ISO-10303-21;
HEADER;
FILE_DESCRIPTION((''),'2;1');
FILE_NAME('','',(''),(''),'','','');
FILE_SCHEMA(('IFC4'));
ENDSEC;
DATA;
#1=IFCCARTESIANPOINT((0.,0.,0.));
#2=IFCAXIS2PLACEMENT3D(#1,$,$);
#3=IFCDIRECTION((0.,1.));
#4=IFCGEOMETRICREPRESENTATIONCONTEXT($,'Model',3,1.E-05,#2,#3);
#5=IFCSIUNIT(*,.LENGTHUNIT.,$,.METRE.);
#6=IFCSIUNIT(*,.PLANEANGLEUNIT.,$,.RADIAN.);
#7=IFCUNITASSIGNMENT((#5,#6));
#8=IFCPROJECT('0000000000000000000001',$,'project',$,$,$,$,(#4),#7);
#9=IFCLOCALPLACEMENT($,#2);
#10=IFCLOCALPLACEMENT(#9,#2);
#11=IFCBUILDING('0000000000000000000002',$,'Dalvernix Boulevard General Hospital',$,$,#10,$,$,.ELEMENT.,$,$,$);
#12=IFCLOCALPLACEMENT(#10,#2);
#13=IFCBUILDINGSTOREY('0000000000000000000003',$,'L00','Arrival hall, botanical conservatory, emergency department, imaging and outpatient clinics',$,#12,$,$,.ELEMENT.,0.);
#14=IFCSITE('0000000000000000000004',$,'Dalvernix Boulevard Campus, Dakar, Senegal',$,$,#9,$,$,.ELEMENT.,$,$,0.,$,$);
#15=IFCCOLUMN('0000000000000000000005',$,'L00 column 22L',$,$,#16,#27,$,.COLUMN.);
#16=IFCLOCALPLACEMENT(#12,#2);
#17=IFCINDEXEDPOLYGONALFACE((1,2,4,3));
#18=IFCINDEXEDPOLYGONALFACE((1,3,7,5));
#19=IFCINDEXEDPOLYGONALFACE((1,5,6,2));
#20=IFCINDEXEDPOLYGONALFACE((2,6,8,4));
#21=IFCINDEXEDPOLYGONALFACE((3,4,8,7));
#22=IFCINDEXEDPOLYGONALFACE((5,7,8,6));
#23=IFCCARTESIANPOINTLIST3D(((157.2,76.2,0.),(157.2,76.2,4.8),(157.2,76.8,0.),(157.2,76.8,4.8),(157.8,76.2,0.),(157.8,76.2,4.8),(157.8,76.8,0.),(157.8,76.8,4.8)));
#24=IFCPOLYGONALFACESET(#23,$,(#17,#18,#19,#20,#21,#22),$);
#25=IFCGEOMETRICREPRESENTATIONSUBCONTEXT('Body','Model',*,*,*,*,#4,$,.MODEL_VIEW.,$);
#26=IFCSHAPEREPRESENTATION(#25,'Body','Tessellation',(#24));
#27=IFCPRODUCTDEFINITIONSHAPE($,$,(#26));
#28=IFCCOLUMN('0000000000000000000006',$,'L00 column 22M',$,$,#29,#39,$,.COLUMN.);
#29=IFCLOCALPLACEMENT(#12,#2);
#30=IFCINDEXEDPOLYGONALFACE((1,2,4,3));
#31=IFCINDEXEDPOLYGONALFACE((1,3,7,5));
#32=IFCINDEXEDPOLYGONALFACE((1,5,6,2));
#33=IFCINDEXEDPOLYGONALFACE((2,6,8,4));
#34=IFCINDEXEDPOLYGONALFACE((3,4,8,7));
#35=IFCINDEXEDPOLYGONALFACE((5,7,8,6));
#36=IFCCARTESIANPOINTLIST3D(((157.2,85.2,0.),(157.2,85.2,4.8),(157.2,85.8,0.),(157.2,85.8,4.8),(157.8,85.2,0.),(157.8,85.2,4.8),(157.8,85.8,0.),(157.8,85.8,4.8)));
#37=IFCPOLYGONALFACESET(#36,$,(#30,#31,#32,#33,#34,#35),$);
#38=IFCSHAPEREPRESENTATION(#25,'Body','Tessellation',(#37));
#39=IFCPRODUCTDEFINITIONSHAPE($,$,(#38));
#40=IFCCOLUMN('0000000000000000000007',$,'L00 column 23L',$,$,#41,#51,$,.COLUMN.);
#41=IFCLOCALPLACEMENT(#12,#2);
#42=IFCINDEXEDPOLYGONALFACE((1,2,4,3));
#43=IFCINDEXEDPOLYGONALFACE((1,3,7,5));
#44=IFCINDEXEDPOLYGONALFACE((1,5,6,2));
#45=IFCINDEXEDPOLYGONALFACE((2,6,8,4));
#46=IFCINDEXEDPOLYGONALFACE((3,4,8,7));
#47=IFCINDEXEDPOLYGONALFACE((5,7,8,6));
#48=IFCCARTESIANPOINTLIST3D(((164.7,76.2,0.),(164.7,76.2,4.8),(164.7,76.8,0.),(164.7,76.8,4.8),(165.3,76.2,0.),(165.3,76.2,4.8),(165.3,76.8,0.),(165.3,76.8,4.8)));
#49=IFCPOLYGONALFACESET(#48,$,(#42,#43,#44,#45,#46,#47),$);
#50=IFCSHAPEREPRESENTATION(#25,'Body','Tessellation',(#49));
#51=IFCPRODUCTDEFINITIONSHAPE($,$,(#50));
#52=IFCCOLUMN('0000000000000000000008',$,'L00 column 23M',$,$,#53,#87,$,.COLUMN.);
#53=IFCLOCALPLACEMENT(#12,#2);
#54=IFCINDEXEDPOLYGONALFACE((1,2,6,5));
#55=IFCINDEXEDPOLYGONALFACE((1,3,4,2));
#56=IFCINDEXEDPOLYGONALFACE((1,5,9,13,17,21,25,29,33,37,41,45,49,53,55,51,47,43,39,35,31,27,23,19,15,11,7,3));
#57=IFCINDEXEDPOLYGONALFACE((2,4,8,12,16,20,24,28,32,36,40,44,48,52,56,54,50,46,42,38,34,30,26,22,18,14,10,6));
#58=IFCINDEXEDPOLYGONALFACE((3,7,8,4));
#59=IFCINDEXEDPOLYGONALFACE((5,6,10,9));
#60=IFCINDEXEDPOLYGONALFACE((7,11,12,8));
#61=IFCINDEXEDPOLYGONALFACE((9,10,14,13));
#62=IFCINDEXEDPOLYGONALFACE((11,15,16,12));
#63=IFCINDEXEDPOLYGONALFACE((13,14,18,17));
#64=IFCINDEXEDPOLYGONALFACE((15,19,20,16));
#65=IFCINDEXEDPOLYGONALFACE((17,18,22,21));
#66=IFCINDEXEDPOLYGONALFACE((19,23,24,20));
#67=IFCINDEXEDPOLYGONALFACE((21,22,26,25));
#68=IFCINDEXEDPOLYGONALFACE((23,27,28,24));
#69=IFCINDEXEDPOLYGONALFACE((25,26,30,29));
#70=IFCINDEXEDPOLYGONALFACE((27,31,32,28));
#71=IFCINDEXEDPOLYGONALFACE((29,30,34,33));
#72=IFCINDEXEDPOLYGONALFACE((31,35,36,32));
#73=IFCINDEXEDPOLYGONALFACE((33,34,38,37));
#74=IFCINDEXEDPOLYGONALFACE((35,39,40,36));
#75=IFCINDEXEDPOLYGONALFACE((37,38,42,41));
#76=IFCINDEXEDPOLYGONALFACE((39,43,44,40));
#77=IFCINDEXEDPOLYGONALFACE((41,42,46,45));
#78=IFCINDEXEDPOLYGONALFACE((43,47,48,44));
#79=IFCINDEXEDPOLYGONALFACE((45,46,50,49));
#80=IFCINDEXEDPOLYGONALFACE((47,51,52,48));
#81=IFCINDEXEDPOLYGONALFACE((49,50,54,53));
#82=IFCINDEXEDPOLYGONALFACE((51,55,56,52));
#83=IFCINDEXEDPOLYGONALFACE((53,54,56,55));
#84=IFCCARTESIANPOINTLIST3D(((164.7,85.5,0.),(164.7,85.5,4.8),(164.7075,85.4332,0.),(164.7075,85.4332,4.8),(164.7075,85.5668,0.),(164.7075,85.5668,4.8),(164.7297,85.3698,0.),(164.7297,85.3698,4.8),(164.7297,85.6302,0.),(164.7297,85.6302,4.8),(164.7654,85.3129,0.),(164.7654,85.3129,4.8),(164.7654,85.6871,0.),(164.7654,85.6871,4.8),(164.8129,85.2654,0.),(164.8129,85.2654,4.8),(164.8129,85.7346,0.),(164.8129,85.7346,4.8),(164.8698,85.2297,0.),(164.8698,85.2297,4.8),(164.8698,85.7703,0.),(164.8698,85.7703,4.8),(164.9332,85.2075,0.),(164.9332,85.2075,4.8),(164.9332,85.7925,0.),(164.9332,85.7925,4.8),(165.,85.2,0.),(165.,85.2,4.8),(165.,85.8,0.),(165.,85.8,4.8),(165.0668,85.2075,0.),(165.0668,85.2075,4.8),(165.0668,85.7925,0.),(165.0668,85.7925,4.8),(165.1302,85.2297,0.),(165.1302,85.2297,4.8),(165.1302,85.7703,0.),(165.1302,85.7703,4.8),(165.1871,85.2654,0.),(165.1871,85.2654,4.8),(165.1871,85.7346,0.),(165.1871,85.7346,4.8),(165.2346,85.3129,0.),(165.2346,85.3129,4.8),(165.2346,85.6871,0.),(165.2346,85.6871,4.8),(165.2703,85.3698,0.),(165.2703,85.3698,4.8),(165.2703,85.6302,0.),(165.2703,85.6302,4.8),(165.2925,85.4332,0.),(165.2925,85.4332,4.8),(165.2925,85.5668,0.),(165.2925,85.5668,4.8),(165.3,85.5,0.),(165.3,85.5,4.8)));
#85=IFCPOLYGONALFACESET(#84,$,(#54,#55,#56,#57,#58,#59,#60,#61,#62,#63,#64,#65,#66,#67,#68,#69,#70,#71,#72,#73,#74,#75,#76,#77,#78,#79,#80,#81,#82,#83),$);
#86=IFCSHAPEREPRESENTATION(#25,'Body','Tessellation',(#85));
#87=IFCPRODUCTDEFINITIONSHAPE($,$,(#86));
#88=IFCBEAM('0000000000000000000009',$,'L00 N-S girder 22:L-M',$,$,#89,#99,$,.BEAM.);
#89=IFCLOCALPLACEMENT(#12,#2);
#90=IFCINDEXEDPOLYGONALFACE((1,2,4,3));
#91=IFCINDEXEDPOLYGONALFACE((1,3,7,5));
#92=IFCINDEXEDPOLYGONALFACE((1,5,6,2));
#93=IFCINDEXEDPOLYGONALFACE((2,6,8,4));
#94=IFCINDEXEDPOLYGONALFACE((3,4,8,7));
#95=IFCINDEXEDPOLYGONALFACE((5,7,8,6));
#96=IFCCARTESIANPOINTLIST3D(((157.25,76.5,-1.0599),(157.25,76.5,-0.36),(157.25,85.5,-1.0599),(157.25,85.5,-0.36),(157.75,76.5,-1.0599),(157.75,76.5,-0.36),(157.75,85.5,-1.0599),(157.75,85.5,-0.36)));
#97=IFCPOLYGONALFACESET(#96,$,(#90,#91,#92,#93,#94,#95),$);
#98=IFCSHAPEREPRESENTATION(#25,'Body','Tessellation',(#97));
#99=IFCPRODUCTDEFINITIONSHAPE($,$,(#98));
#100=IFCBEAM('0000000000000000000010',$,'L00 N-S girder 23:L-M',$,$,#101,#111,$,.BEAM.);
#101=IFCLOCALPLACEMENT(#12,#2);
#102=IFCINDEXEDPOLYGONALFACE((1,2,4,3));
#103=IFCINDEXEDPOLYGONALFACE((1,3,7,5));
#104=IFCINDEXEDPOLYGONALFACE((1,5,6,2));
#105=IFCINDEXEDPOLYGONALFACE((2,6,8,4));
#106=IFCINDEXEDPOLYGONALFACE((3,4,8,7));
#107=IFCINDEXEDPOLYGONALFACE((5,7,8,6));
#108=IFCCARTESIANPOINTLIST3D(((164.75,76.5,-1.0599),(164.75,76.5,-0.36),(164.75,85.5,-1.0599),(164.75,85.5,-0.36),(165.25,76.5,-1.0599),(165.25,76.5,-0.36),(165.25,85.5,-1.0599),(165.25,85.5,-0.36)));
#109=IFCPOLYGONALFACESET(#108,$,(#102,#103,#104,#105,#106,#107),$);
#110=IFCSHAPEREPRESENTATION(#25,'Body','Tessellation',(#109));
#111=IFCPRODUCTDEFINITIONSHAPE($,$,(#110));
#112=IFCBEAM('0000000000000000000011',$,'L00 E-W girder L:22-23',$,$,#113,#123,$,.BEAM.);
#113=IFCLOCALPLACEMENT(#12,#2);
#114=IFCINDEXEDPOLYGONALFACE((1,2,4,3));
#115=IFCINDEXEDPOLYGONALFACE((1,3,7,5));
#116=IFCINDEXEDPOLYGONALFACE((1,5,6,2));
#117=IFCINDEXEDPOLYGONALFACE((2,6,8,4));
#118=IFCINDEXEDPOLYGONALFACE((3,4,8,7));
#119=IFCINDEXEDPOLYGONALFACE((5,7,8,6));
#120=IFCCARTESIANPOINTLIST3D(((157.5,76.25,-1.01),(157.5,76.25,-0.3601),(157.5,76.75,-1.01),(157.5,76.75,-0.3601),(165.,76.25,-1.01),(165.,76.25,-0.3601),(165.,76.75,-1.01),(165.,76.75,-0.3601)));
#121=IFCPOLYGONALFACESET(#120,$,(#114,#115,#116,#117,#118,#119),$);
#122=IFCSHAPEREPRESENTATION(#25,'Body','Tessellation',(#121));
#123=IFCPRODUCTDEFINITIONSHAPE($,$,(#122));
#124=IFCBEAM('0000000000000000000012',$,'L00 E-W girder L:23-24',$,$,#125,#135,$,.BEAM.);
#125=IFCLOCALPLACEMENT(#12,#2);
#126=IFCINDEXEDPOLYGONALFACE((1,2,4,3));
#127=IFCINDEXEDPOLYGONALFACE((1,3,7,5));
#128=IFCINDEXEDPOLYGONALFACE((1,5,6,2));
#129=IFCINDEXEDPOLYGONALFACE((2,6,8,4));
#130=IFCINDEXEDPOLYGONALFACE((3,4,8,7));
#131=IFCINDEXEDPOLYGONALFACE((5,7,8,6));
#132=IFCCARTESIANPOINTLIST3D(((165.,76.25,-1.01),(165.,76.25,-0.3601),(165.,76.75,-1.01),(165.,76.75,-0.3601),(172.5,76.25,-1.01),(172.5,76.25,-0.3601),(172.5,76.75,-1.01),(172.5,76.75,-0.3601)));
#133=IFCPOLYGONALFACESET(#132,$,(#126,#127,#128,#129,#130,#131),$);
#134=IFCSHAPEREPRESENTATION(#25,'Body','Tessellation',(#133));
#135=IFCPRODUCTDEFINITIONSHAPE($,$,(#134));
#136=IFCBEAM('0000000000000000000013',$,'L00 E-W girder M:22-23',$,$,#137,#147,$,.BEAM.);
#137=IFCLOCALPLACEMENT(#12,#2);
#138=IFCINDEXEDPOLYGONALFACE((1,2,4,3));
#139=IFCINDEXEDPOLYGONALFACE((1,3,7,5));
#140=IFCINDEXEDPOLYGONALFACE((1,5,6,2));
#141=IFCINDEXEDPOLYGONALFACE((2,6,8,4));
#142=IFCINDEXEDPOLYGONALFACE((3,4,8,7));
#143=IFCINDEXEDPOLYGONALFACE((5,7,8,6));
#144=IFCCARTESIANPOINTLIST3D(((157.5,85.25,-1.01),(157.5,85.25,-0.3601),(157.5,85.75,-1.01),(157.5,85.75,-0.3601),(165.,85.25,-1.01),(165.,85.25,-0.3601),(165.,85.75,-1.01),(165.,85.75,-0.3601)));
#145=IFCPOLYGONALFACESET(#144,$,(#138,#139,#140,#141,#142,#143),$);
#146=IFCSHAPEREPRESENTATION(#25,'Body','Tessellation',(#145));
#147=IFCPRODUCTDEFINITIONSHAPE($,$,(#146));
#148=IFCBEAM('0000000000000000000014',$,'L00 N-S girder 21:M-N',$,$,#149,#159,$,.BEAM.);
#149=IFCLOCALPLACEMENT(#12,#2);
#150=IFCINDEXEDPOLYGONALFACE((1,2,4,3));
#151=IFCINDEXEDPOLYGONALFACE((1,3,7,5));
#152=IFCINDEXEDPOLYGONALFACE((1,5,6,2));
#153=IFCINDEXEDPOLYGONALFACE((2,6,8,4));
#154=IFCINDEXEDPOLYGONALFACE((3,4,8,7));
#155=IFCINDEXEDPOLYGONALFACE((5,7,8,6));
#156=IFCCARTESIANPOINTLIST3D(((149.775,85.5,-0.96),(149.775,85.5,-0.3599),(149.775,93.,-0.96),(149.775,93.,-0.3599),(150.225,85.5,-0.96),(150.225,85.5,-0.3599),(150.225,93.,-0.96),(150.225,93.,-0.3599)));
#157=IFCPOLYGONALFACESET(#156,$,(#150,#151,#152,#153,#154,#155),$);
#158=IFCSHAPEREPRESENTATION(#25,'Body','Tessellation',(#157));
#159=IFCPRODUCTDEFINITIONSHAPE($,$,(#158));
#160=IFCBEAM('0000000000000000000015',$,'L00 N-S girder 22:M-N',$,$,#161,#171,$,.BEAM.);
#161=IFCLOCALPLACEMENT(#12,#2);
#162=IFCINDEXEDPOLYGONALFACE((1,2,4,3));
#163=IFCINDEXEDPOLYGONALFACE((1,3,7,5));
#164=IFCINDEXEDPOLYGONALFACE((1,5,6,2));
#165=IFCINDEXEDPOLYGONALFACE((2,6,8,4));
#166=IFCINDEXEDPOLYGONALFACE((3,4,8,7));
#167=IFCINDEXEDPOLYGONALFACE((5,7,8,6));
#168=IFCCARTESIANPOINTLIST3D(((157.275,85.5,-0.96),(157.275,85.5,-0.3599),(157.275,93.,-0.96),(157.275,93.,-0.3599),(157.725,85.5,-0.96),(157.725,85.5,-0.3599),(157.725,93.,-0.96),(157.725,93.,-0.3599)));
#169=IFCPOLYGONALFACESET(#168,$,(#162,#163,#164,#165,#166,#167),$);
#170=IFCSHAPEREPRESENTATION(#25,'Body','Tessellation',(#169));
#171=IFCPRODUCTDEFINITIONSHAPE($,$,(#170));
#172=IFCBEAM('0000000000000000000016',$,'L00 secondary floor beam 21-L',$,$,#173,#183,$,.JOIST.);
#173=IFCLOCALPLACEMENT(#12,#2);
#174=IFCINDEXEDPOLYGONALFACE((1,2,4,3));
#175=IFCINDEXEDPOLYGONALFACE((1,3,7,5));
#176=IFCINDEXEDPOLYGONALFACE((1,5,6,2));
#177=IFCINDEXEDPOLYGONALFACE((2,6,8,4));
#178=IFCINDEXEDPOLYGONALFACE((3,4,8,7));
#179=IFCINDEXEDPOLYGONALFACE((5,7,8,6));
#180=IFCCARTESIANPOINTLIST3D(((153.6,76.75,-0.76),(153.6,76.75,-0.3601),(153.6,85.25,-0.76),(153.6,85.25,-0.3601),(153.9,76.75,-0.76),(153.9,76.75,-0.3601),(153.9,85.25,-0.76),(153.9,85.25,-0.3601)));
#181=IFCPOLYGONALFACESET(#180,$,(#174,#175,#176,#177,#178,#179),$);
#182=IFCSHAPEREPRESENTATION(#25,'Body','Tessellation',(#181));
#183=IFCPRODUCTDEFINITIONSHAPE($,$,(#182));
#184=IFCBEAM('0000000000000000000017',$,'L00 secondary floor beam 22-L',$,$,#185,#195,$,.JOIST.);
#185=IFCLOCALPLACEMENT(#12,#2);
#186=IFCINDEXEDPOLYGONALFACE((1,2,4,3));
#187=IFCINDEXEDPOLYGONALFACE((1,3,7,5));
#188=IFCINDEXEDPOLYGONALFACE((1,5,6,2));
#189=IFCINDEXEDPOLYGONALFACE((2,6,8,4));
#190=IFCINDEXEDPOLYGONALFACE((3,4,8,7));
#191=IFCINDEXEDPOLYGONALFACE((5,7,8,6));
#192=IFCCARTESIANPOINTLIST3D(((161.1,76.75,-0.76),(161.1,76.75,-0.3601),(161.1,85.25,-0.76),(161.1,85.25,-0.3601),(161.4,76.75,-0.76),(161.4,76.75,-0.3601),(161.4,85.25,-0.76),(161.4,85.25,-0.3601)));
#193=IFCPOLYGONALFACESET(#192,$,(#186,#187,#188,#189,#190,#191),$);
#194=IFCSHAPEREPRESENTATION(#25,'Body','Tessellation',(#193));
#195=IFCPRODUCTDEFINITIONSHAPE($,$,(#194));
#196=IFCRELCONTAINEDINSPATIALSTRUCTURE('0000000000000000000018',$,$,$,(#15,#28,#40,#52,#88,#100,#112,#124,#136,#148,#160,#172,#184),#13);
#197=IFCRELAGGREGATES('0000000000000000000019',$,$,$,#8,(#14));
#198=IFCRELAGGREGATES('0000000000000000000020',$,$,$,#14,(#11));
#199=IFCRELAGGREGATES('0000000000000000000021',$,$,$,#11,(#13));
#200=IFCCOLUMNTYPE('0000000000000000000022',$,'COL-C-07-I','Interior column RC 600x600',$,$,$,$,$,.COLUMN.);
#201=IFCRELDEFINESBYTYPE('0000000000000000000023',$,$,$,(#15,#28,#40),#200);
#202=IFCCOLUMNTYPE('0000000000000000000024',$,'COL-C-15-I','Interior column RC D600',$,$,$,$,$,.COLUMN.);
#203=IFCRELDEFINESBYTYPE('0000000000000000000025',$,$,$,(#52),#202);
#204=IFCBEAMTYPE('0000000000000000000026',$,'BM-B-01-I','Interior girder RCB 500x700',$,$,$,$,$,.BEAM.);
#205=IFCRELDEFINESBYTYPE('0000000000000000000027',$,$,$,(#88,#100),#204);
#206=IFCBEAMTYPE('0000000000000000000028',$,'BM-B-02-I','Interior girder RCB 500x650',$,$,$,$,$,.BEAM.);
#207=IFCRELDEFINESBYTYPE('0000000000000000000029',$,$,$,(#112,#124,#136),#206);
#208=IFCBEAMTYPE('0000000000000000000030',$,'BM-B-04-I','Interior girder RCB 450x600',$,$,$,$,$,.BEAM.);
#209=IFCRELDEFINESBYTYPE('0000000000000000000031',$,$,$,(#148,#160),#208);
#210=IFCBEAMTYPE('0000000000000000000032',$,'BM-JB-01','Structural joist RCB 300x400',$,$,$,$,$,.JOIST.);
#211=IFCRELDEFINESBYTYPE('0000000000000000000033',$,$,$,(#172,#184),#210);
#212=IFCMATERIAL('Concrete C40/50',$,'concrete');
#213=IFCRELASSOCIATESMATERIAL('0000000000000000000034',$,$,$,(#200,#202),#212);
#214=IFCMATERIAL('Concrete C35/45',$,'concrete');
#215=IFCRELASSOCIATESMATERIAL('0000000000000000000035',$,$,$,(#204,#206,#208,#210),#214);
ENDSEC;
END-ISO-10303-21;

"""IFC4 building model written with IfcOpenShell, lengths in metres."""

from ifc_helpers import new_model, si_unit, direction, frame, origin, origin_2d, place, context, subcontext, project, spatial, rectangle, circle, extrude, material, material_profile, profile_set, type_object, element, save


model = new_model("IFC4")

# Units and contexts
model_context = context("Model", 3, precision=1e-05, world=origin(), true_north=direction((0.0, 1.0)))
body_context = subcontext(model_context, "Body", "Model", "MODEL_VIEW")
ifc_project = project(units=[si_unit("LENGTHUNIT", "METRE"), si_unit("PLANEANGLEUNIT", "RADIAN")], contexts=[model_context])

# Site, building, storey
site_placement = place(None, origin())
site = spatial("IfcSite", under=ifc_project, at=site_placement, Name="Dalvernix Boulevard Campus, Dakar, Senegal", CompositionType="ELEMENT", RefElevation=0.0)
building_placement = place(site_placement, origin())
building = spatial("IfcBuilding", under=site, at=building_placement, Name="Dalvernix Boulevard General Hospital", CompositionType="ELEMENT")
storey_placement = place(building_placement, origin())
storey = spatial("IfcBuildingStorey", under=building, at=storey_placement, Name="L00", Description="Arrival hall, botanical conservatory, emergency department, imaging and outpatient clinics", CompositionType="ELEMENT", Elevation=0.0)

# Columns
ifc_material_1 = material(Name="Concrete C40/50", Category="concrete")
ifc_material_profile_1 = material_profile(ifc_material_1, rectangle(XDim=0.6001, YDim=0.6001, at=origin_2d()), Name="RC 600x600")
ifc_profile_set_1 = profile_set([ifc_material_profile_1], Name="Concrete C40/50")
column_type_1 = type_object("IfcColumnType", Name="COL-C-07-I", Description="Interior column RC 600x600", PredefinedType="COLUMN", material=ifc_profile_set_1)
for number, where, z_axis, x_axis, name in (
    (1, (157.5, 76.5, 0.0), (0.0, 0.0, 1.0), (1.0, 0.0, 0.0), "L00 column 22L"),
    (2, (157.5, 85.5, 0.0), (0.0, 0.0, 1.0), (1.0, 0.0, 0.0), "L00 column 22M"),
    (3, (165.0, 76.5, 0.0), (0.0, 0.0, 1.0), (1.0, 0.0, 0.0), "L00 column 23L"),
):
    element("IfcColumn", number, at=place(storey_placement, frame(where, z_axis=z_axis, x_axis=x_axis)), inside=storey, type_object=column_type_1, Name=name, PredefinedType="COLUMN", context=body_context, shape_type="SweptSolid", body=[
        extrude(rectangle(XDim=0.6001, YDim=0.6001, at=origin_2d()), origin(), (0.0, 0.0, 1.0), 4.8),
    ])
ifc_material_profile_2 = material_profile(ifc_material_1, circle(Radius=0.3, at=origin_2d()), Name="RC D600")
ifc_profile_set_2 = profile_set([ifc_material_profile_2], Name="Concrete C40/50")
column_type_2 = type_object("IfcColumnType", Name="COL-C-15-I", Description="Interior column RC D600", PredefinedType="COLUMN", material=ifc_profile_set_2)
column_placement = place(storey_placement, frame((165.0, 85.5, 0.0), z_axis=(0.0, 0.0, 1.0), x_axis=(1.0, 0.0, 0.0)))
element("IfcColumn", 4, at=column_placement, inside=storey, type_object=column_type_2, Name="L00 column 23M", PredefinedType="COLUMN", context=body_context, shape_type="SweptSolid", body=[
    extrude(circle(Radius=0.3, at=origin_2d()), origin(), (0.0, 0.0, 1.0), 4.8),
])

# Beams
ifc_material_2 = material(Name="Concrete C35/45", Category="concrete")
ifc_material_profile_3 = material_profile(ifc_material_2, rectangle(XDim=0.5, YDim=0.7, at=origin_2d()), Name="RCB 500x700")
ifc_profile_set_3 = profile_set([ifc_material_profile_3], Name="Concrete C35/45")
beam_type_1 = type_object("IfcBeamType", Name="BM-B-01-I", Description="Interior girder RCB 500x700", PredefinedType="BEAM", material=ifc_profile_set_3)
for number, where, z_axis, x_axis, name in (
    (5, (157.5, 76.5, -0.71), (0.0, 1.0, 0.0), (-1.0, 0.0, 0.0), "L00 N-S girder 22:L-M"),
    (6, (165.0, 76.5, -0.71), (0.0, 1.0, 0.0), (-1.0, 0.0, 0.0), "L00 N-S girder 23:L-M"),
):
    element("IfcBeam", number, at=place(storey_placement, frame(where, z_axis=z_axis, x_axis=x_axis)), inside=storey, type_object=beam_type_1, Name=name, PredefinedType="BEAM", context=body_context, shape_type="SweptSolid", body=[
        extrude(rectangle(XDim=0.5, YDim=0.7, at=origin_2d()), origin(), (0.0, 0.0, 1.0), 9.0),
    ])
ifc_material_profile_4 = material_profile(ifc_material_2, rectangle(XDim=0.5, YDim=0.6499, at=origin_2d()), Name="RCB 500x650")
ifc_profile_set_4 = profile_set([ifc_material_profile_4], Name="Concrete C35/45")
beam_type_2 = type_object("IfcBeamType", Name="BM-B-02-I", Description="Interior girder RCB 500x650", PredefinedType="BEAM", material=ifc_profile_set_4)
for number, where, z_axis, x_axis, name in (
    (7, (157.5, 76.5, -0.6851), (1.0, 0.0, 0.0), (0.0, 1.0, 0.0), "L00 E-W girder L:22-23"),
    (8, (165.0, 76.5, -0.6851), (1.0, 0.0, 0.0), (0.0, 1.0, 0.0), "L00 E-W girder L:23-24"),
    (9, (157.5, 85.5, -0.6851), (1.0, 0.0, 0.0), (0.0, 1.0, 0.0), "L00 E-W girder M:22-23"),
):
    element("IfcBeam", number, at=place(storey_placement, frame(where, z_axis=z_axis, x_axis=x_axis)), inside=storey, type_object=beam_type_2, Name=name, PredefinedType="BEAM", context=body_context, shape_type="SweptSolid", body=[
        extrude(rectangle(XDim=0.5, YDim=0.6499, at=origin_2d()), origin(), (0.0, 0.0, 1.0), 7.5),
    ])
ifc_material_profile_5 = material_profile(ifc_material_2, rectangle(XDim=0.45, YDim=0.6001, at=origin_2d()), Name="RCB 450x600")
ifc_profile_set_5 = profile_set([ifc_material_profile_5], Name="Concrete C35/45")
beam_type_3 = type_object("IfcBeamType", Name="BM-B-04-I", Description="Interior girder RCB 450x600", PredefinedType="BEAM", material=ifc_profile_set_5)
for number, where, z_axis, x_axis, name in (
    (10, (150.0, 85.5, -0.6599), (0.0, 1.0, 0.0), (-1.0, 0.0, 0.0), "L00 N-S girder 21:M-N"),
    (11, (157.5, 85.5, -0.6599), (0.0, 1.0, 0.0), (-1.0, 0.0, 0.0), "L00 N-S girder 22:M-N"),
):
    element("IfcBeam", number, at=place(storey_placement, frame(where, z_axis=z_axis, x_axis=x_axis)), inside=storey, type_object=beam_type_3, Name=name, PredefinedType="BEAM", context=body_context, shape_type="SweptSolid", body=[
        extrude(rectangle(XDim=0.45, YDim=0.6001, at=origin_2d()), origin(), (0.0, 0.0, 1.0), 7.5),
    ])
ifc_material_profile_6 = material_profile(ifc_material_2, rectangle(XDim=0.3, YDim=0.3999, at=origin_2d()), Name="RCB 300x400")
ifc_profile_set_6 = profile_set([ifc_material_profile_6], Name="Concrete C35/45")
beam_type_4 = type_object("IfcBeamType", Name="BM-JB-01", Description="Structural joist RCB 300x400", PredefinedType="JOIST", material=ifc_profile_set_6)
for number, where, z_axis, x_axis, name in (
    (12, (153.75, 76.75, -0.5601), (0.0, 1.0, 0.0), (-1.0, 0.0, 0.0), "L00 secondary floor beam 21-L"),
    (13, (161.25, 76.75, -0.5601), (0.0, 1.0, 0.0), (-1.0, 0.0, 0.0), "L00 secondary floor beam 22-L"),
):
    element("IfcBeam", number, at=place(storey_placement, frame(where, z_axis=z_axis, x_axis=x_axis)), inside=storey, type_object=beam_type_4, Name=name, PredefinedType="JOIST", context=body_context, shape_type="SweptSolid", body=[
        extrude(rectangle(XDim=0.3, YDim=0.3999, at=origin_2d()), origin(), (0.0, 0.0, 1.0), 8.5),
    ])

save(model, "model.ifc")
